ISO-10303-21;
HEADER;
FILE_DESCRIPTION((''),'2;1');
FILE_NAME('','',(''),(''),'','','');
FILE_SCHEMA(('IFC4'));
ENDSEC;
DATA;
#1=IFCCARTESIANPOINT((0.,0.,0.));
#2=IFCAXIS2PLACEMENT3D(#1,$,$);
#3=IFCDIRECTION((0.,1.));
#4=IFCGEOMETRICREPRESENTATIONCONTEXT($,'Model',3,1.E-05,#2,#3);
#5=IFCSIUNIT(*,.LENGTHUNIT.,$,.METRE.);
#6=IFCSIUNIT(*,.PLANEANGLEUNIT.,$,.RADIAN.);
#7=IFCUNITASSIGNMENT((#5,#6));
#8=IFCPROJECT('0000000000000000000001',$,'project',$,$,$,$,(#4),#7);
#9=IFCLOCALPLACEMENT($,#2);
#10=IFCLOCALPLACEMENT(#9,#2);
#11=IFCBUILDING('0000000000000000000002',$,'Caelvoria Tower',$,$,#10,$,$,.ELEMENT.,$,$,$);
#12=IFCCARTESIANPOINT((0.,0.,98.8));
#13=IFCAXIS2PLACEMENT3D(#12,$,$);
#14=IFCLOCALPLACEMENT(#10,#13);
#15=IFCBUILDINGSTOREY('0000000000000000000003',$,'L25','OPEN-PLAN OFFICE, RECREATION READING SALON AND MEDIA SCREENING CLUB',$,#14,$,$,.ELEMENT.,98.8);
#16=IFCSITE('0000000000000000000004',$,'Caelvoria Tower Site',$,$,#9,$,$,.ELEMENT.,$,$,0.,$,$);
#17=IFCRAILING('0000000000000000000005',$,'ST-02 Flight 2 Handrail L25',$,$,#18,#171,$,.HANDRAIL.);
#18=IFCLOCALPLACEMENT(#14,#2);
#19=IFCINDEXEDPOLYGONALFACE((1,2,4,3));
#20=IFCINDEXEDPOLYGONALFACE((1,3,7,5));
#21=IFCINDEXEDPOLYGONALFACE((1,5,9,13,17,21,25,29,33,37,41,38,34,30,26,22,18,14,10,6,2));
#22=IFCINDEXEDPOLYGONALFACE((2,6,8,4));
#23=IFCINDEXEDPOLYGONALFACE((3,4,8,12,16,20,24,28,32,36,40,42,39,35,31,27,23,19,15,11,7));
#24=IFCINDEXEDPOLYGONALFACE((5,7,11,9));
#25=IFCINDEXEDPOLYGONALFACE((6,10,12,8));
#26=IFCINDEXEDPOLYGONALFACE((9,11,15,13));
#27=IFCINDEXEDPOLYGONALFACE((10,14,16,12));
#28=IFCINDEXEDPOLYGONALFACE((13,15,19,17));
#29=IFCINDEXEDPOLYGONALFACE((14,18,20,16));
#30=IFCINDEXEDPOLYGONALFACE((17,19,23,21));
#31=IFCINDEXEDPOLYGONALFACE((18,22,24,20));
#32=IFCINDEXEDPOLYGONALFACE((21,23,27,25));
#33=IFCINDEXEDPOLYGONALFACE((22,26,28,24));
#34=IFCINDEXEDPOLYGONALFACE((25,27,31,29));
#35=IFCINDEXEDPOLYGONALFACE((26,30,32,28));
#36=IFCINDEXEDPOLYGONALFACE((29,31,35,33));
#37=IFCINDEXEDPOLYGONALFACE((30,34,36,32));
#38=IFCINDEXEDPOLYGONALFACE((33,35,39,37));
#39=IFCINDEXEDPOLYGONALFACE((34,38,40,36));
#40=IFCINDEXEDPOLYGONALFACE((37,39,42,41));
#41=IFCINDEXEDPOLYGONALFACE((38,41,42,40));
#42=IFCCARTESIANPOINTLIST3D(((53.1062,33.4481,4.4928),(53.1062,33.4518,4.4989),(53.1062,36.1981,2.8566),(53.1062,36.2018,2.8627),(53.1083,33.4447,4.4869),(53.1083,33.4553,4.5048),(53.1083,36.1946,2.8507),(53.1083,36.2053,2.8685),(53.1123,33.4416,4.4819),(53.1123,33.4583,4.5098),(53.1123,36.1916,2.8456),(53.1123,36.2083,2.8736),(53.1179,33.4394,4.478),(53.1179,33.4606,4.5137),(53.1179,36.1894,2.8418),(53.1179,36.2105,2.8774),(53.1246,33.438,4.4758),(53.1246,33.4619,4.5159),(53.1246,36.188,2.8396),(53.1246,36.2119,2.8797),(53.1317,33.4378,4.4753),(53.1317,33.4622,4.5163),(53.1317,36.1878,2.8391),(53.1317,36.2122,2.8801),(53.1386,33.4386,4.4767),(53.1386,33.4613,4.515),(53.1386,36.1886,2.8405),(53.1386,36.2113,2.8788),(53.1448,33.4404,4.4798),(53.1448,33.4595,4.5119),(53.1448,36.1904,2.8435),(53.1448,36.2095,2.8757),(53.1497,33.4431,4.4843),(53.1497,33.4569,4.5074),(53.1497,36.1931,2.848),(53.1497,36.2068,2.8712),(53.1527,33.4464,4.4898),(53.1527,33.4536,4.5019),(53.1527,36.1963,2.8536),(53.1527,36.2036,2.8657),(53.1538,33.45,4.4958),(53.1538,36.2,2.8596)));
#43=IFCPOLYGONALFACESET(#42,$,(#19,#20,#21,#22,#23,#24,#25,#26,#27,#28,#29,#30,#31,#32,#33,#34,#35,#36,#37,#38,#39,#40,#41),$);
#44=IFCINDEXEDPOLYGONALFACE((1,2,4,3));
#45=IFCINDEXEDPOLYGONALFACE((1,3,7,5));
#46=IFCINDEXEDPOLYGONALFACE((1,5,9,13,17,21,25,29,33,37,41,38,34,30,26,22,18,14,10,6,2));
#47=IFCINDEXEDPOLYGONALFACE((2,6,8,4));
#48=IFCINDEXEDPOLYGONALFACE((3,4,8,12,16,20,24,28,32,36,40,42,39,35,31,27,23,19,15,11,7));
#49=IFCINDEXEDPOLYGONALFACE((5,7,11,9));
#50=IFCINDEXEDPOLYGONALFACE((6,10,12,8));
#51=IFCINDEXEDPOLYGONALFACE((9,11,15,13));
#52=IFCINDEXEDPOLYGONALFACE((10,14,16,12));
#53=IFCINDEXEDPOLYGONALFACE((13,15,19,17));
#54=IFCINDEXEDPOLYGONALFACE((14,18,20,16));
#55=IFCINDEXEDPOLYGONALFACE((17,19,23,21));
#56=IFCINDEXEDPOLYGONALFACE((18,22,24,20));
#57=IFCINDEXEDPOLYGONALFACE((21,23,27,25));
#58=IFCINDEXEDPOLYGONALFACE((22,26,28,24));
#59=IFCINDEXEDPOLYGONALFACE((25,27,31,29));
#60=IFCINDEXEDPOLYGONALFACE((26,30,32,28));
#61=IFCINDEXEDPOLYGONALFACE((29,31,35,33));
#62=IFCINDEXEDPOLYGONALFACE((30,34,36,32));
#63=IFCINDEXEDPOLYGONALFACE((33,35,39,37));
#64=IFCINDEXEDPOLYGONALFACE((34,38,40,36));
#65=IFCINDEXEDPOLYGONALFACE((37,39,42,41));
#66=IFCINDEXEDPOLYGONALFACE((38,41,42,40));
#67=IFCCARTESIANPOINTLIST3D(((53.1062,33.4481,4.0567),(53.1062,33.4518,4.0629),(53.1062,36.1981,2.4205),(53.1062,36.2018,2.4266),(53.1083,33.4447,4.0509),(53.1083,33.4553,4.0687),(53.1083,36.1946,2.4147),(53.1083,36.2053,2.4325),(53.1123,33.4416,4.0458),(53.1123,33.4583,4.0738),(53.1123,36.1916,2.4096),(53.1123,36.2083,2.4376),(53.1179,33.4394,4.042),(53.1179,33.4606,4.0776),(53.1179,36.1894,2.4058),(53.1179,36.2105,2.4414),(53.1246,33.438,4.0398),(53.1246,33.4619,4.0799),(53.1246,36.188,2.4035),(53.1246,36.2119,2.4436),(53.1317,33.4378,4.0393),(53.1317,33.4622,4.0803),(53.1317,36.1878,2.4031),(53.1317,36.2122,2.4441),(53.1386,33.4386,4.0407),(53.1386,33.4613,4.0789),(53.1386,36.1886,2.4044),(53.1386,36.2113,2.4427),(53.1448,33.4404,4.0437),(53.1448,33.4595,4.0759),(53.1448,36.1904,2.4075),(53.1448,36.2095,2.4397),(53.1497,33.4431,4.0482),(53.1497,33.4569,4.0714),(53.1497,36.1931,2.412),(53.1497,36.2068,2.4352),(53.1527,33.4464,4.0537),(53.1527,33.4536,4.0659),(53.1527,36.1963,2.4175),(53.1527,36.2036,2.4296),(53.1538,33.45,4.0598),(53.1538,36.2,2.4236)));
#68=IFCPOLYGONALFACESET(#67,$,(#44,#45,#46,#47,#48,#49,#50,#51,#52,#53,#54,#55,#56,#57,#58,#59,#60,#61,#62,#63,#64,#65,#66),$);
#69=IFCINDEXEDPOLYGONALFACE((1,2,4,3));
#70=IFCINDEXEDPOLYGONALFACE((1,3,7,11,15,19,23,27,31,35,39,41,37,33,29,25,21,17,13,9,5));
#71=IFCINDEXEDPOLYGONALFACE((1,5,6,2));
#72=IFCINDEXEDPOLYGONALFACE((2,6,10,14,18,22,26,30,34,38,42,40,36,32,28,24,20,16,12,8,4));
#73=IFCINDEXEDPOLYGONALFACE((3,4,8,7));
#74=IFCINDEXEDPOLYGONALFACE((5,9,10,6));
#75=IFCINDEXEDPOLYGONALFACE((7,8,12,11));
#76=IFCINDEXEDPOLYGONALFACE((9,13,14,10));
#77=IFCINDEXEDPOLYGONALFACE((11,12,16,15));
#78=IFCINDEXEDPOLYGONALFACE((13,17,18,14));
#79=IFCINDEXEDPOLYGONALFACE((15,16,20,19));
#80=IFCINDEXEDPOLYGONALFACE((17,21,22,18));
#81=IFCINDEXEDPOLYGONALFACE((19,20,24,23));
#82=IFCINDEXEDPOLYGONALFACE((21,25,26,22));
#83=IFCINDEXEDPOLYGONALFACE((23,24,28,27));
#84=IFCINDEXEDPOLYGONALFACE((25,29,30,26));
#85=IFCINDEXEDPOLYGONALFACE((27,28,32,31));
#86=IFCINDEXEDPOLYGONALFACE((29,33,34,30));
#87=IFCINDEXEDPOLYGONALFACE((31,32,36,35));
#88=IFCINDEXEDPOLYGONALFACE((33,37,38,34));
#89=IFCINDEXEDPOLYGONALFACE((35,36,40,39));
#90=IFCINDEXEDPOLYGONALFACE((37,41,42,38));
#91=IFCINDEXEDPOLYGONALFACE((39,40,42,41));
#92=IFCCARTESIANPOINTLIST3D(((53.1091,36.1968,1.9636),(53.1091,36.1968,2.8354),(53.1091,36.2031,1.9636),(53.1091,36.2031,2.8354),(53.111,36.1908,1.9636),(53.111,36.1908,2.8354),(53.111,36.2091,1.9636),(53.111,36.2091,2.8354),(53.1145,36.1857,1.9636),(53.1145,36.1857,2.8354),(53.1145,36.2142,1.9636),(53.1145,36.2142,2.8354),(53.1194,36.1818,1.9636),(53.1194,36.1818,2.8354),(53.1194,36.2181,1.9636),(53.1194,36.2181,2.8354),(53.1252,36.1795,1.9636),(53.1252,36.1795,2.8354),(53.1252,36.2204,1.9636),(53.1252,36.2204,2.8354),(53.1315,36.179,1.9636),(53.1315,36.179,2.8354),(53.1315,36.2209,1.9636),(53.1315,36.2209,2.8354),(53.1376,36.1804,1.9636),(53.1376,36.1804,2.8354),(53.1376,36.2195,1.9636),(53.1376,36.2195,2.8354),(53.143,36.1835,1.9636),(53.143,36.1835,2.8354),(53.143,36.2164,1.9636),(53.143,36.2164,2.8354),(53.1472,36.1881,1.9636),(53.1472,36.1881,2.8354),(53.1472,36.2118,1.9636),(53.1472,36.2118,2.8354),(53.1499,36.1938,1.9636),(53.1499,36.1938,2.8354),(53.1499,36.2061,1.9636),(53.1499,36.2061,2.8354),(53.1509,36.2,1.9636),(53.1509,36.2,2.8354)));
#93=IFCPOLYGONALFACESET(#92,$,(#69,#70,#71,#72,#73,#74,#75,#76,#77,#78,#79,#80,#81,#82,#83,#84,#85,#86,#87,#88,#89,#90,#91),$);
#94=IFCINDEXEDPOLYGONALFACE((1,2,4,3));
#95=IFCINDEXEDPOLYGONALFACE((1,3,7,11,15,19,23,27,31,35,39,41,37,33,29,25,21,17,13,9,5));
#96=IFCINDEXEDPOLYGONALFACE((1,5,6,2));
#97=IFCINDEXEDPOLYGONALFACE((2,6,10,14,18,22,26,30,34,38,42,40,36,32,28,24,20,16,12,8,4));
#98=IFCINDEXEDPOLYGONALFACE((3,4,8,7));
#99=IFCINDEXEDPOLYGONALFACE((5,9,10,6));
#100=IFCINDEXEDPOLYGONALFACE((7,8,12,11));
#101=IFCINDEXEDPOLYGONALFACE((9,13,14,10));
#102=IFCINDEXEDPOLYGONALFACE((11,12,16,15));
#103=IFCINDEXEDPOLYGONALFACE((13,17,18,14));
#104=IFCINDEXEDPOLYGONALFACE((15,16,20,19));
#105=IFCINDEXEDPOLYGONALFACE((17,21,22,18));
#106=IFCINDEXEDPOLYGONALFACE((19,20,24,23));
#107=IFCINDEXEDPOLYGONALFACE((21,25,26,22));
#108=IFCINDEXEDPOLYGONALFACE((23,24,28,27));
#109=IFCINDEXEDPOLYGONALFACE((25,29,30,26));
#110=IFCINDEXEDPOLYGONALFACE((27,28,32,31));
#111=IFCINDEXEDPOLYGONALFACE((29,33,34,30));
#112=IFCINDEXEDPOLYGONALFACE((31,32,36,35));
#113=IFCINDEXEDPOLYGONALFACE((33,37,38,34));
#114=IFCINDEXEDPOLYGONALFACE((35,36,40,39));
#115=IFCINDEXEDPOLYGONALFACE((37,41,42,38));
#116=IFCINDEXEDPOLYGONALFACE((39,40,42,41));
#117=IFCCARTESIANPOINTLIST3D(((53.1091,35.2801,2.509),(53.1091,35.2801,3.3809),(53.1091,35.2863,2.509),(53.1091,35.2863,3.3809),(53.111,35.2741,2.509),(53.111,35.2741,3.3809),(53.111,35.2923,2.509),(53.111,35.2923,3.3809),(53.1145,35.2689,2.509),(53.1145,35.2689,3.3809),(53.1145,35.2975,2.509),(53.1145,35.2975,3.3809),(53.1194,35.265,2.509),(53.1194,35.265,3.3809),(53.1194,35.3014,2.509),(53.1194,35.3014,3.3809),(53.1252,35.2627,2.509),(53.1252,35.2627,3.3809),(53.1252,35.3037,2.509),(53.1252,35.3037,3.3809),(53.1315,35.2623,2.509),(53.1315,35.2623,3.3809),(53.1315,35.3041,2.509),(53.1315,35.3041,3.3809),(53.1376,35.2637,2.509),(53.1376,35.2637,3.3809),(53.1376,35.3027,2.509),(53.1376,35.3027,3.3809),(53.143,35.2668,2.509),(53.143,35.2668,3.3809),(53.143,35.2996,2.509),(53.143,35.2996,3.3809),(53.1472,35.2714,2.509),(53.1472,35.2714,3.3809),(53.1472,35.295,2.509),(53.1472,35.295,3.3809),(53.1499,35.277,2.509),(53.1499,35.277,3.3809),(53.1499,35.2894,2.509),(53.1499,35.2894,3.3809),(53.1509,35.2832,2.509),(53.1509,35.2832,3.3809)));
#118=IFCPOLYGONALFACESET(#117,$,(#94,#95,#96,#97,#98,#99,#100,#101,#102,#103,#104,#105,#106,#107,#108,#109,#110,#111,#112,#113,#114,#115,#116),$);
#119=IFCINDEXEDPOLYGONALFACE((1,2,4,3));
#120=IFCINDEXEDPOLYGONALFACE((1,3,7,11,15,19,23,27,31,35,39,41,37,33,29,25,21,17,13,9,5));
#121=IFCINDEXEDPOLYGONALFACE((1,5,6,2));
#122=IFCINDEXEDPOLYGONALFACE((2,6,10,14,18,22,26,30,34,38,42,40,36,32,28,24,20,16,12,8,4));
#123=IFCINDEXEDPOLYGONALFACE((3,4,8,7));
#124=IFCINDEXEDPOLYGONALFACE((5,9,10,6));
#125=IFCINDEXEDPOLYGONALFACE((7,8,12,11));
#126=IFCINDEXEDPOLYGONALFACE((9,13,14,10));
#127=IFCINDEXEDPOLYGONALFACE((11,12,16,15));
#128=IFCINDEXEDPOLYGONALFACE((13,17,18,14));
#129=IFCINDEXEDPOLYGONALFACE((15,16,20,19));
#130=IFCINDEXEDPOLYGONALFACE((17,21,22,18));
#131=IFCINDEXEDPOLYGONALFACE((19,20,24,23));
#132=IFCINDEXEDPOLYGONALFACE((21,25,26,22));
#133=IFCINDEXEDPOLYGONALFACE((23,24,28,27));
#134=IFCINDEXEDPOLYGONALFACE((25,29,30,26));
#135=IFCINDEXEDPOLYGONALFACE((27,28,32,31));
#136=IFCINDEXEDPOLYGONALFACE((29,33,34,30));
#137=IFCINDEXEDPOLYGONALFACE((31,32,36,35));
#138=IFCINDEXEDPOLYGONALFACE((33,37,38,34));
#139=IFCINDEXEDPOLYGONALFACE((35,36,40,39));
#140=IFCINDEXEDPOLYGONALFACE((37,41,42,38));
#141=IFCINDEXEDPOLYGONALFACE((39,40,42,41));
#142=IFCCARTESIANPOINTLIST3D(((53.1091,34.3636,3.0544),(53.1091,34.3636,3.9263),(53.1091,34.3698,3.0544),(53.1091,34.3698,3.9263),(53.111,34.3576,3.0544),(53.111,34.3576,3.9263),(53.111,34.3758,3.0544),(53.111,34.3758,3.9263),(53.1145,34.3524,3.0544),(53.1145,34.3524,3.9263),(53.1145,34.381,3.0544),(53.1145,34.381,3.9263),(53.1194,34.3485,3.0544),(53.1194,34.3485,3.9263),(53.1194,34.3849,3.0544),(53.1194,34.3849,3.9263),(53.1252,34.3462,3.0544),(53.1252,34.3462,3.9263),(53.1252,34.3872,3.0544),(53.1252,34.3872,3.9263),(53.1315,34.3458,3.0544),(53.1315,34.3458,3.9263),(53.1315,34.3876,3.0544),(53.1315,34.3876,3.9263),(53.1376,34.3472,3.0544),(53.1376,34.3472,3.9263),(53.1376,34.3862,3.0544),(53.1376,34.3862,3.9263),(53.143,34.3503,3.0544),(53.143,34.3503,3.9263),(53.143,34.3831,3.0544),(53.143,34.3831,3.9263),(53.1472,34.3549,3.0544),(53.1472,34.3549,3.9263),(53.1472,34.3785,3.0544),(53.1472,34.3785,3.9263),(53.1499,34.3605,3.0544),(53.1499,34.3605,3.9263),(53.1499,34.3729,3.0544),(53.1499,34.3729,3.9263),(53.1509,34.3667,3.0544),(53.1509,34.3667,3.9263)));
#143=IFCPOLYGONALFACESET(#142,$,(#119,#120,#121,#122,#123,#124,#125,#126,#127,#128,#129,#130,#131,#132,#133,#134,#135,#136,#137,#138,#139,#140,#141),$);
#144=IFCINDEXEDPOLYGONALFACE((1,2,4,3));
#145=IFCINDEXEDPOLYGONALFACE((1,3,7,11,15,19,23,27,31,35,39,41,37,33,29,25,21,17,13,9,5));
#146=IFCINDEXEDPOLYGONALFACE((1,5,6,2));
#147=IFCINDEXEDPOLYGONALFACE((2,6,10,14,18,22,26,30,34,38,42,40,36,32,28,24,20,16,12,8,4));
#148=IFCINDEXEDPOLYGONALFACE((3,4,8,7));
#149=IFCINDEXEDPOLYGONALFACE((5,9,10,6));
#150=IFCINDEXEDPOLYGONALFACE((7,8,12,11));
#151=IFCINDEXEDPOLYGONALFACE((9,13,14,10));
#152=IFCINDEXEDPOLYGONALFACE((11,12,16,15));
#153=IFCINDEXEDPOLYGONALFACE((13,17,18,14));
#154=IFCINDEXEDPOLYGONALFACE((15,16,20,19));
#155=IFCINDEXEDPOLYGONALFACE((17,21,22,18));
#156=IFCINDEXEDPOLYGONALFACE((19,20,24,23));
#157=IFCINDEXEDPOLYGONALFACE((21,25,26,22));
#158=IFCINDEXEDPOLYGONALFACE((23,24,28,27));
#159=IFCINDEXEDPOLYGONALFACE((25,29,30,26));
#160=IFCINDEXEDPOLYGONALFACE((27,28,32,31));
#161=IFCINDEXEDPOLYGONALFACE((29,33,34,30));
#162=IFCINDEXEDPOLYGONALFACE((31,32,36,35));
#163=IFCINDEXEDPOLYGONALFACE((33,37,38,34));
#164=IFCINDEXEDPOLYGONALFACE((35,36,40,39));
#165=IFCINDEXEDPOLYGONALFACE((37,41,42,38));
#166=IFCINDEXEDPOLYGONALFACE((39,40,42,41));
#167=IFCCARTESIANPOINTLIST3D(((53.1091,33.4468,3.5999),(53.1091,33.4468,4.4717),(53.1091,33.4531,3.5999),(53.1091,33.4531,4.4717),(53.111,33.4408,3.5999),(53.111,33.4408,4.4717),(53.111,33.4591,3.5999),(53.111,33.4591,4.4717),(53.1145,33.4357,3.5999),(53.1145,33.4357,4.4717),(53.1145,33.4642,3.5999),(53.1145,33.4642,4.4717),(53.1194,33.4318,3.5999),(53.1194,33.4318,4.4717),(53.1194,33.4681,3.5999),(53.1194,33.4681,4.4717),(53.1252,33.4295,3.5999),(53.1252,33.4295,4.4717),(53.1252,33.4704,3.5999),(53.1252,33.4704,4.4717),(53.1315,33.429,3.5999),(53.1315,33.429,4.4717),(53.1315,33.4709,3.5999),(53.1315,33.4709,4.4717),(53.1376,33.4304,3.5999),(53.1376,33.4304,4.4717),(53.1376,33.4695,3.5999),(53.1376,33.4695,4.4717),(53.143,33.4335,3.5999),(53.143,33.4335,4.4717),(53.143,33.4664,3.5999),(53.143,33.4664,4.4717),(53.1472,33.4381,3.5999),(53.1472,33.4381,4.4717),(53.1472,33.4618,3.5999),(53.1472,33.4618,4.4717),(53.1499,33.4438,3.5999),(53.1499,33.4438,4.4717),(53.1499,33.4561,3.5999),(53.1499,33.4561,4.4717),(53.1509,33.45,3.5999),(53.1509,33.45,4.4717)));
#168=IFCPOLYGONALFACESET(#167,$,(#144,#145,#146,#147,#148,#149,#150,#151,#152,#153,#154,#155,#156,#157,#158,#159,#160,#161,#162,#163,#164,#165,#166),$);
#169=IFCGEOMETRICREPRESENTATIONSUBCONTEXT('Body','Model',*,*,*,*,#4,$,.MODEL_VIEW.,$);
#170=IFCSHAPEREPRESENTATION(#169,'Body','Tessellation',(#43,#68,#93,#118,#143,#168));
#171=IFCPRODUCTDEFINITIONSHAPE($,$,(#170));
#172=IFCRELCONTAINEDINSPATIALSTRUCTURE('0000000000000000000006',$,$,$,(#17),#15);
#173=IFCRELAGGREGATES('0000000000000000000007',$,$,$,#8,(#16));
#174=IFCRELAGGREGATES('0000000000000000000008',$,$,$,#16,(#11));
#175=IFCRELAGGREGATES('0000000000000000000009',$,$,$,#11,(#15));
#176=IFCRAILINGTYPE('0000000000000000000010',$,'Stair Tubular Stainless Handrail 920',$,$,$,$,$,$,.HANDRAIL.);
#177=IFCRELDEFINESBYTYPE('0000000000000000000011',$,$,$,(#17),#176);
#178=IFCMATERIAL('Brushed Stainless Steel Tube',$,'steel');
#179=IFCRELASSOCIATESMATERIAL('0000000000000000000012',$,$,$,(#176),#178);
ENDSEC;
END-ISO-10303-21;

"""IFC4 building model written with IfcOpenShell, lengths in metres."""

from ifc_helpers import new_model, si_unit, direction, frame, origin, origin_2d, place, context, subcontext, project, spatial, circle, extrude, material, type_object, element, save


model = new_model("IFC4")

# Units and contexts
model_context = context("Model", 3, precision=1e-05, world=origin(), true_north=direction((0.0, 1.0)))
body_context = subcontext(model_context, "Body", "Model", "MODEL_VIEW")
ifc_project = project(units=[si_unit("LENGTHUNIT", "METRE"), si_unit("PLANEANGLEUNIT", "RADIAN")], contexts=[model_context])

# Site, building, storey
site_placement = place(None, origin())
site = spatial("IfcSite", under=ifc_project, at=site_placement, Name="Caelvoria Tower Site", CompositionType="ELEMENT", RefElevation=0.0)
building_placement = place(site_placement, origin())
building = spatial("IfcBuilding", under=site, at=building_placement, Name="Caelvoria Tower", CompositionType="ELEMENT")
storey_placement = place(building_placement, frame((0.0, 0.0, 98.8)))
storey = spatial("IfcBuildingStorey", under=building, at=storey_placement, Name="L25", Description="OPEN-PLAN OFFICE, RECREATION READING SALON AND MEDIA SCREENING CLUB", CompositionType="ELEMENT", Elevation=98.8)

# Railing
ifc_material_1 = material(Name="Brushed Stainless Steel Tube", Category="steel")
railing_type_1 = type_object("IfcRailingType", Name="Stair Tubular Stainless Handrail 920", PredefinedType="HANDRAIL", material=ifc_material_1)
railing_1_placement = place(storey_placement, frame((53.1299, 36.2, 1.9636)))
element("IfcRailing", 1, at=railing_1_placement, inside=storey, type_object=railing_type_1, Name="ST-02 Flight 2 Handrail L25", PredefinedType="HANDRAIL", context=body_context, shape_type="SweptSolid", body=[
    extrude(circle(Radius=0.0239, at=origin_2d()), frame((0.0, 0.0, 0.896), z_axis=(0.0, -0.859385, 0.511328), x_axis=(1.0, 0.0, 0.0)), (0.0, 0.0, 1.0), 3.2),
    extrude(circle(Radius=0.0239, at=origin_2d()), frame((0.0, 0.0, 0.46), z_axis=(0.0, -0.859385, 0.511328), x_axis=(1.0, 0.0, 0.0)), (0.0, 0.0, 1.0), 3.2),
    extrude(circle(Radius=0.021, at=origin_2d()), origin(), (0.0, 0.0, 1.0), 0.8718),
    extrude(circle(Radius=0.021, at=origin_2d()), frame((0.0, -0.9167, 0.5454)), (0.0, 0.0, 1.0), 0.8718),
    extrude(circle(Radius=0.021, at=origin_2d()), frame((0.0, -1.8333, 1.0908)), (0.0, 0.0, 1.0), 0.8718),
    extrude(circle(Radius=0.021, at=origin_2d()), frame((0.0, -2.75, 1.6362)), (0.0, 0.0, 1.0), 0.8718),
])

save(model, "model.ifc")
